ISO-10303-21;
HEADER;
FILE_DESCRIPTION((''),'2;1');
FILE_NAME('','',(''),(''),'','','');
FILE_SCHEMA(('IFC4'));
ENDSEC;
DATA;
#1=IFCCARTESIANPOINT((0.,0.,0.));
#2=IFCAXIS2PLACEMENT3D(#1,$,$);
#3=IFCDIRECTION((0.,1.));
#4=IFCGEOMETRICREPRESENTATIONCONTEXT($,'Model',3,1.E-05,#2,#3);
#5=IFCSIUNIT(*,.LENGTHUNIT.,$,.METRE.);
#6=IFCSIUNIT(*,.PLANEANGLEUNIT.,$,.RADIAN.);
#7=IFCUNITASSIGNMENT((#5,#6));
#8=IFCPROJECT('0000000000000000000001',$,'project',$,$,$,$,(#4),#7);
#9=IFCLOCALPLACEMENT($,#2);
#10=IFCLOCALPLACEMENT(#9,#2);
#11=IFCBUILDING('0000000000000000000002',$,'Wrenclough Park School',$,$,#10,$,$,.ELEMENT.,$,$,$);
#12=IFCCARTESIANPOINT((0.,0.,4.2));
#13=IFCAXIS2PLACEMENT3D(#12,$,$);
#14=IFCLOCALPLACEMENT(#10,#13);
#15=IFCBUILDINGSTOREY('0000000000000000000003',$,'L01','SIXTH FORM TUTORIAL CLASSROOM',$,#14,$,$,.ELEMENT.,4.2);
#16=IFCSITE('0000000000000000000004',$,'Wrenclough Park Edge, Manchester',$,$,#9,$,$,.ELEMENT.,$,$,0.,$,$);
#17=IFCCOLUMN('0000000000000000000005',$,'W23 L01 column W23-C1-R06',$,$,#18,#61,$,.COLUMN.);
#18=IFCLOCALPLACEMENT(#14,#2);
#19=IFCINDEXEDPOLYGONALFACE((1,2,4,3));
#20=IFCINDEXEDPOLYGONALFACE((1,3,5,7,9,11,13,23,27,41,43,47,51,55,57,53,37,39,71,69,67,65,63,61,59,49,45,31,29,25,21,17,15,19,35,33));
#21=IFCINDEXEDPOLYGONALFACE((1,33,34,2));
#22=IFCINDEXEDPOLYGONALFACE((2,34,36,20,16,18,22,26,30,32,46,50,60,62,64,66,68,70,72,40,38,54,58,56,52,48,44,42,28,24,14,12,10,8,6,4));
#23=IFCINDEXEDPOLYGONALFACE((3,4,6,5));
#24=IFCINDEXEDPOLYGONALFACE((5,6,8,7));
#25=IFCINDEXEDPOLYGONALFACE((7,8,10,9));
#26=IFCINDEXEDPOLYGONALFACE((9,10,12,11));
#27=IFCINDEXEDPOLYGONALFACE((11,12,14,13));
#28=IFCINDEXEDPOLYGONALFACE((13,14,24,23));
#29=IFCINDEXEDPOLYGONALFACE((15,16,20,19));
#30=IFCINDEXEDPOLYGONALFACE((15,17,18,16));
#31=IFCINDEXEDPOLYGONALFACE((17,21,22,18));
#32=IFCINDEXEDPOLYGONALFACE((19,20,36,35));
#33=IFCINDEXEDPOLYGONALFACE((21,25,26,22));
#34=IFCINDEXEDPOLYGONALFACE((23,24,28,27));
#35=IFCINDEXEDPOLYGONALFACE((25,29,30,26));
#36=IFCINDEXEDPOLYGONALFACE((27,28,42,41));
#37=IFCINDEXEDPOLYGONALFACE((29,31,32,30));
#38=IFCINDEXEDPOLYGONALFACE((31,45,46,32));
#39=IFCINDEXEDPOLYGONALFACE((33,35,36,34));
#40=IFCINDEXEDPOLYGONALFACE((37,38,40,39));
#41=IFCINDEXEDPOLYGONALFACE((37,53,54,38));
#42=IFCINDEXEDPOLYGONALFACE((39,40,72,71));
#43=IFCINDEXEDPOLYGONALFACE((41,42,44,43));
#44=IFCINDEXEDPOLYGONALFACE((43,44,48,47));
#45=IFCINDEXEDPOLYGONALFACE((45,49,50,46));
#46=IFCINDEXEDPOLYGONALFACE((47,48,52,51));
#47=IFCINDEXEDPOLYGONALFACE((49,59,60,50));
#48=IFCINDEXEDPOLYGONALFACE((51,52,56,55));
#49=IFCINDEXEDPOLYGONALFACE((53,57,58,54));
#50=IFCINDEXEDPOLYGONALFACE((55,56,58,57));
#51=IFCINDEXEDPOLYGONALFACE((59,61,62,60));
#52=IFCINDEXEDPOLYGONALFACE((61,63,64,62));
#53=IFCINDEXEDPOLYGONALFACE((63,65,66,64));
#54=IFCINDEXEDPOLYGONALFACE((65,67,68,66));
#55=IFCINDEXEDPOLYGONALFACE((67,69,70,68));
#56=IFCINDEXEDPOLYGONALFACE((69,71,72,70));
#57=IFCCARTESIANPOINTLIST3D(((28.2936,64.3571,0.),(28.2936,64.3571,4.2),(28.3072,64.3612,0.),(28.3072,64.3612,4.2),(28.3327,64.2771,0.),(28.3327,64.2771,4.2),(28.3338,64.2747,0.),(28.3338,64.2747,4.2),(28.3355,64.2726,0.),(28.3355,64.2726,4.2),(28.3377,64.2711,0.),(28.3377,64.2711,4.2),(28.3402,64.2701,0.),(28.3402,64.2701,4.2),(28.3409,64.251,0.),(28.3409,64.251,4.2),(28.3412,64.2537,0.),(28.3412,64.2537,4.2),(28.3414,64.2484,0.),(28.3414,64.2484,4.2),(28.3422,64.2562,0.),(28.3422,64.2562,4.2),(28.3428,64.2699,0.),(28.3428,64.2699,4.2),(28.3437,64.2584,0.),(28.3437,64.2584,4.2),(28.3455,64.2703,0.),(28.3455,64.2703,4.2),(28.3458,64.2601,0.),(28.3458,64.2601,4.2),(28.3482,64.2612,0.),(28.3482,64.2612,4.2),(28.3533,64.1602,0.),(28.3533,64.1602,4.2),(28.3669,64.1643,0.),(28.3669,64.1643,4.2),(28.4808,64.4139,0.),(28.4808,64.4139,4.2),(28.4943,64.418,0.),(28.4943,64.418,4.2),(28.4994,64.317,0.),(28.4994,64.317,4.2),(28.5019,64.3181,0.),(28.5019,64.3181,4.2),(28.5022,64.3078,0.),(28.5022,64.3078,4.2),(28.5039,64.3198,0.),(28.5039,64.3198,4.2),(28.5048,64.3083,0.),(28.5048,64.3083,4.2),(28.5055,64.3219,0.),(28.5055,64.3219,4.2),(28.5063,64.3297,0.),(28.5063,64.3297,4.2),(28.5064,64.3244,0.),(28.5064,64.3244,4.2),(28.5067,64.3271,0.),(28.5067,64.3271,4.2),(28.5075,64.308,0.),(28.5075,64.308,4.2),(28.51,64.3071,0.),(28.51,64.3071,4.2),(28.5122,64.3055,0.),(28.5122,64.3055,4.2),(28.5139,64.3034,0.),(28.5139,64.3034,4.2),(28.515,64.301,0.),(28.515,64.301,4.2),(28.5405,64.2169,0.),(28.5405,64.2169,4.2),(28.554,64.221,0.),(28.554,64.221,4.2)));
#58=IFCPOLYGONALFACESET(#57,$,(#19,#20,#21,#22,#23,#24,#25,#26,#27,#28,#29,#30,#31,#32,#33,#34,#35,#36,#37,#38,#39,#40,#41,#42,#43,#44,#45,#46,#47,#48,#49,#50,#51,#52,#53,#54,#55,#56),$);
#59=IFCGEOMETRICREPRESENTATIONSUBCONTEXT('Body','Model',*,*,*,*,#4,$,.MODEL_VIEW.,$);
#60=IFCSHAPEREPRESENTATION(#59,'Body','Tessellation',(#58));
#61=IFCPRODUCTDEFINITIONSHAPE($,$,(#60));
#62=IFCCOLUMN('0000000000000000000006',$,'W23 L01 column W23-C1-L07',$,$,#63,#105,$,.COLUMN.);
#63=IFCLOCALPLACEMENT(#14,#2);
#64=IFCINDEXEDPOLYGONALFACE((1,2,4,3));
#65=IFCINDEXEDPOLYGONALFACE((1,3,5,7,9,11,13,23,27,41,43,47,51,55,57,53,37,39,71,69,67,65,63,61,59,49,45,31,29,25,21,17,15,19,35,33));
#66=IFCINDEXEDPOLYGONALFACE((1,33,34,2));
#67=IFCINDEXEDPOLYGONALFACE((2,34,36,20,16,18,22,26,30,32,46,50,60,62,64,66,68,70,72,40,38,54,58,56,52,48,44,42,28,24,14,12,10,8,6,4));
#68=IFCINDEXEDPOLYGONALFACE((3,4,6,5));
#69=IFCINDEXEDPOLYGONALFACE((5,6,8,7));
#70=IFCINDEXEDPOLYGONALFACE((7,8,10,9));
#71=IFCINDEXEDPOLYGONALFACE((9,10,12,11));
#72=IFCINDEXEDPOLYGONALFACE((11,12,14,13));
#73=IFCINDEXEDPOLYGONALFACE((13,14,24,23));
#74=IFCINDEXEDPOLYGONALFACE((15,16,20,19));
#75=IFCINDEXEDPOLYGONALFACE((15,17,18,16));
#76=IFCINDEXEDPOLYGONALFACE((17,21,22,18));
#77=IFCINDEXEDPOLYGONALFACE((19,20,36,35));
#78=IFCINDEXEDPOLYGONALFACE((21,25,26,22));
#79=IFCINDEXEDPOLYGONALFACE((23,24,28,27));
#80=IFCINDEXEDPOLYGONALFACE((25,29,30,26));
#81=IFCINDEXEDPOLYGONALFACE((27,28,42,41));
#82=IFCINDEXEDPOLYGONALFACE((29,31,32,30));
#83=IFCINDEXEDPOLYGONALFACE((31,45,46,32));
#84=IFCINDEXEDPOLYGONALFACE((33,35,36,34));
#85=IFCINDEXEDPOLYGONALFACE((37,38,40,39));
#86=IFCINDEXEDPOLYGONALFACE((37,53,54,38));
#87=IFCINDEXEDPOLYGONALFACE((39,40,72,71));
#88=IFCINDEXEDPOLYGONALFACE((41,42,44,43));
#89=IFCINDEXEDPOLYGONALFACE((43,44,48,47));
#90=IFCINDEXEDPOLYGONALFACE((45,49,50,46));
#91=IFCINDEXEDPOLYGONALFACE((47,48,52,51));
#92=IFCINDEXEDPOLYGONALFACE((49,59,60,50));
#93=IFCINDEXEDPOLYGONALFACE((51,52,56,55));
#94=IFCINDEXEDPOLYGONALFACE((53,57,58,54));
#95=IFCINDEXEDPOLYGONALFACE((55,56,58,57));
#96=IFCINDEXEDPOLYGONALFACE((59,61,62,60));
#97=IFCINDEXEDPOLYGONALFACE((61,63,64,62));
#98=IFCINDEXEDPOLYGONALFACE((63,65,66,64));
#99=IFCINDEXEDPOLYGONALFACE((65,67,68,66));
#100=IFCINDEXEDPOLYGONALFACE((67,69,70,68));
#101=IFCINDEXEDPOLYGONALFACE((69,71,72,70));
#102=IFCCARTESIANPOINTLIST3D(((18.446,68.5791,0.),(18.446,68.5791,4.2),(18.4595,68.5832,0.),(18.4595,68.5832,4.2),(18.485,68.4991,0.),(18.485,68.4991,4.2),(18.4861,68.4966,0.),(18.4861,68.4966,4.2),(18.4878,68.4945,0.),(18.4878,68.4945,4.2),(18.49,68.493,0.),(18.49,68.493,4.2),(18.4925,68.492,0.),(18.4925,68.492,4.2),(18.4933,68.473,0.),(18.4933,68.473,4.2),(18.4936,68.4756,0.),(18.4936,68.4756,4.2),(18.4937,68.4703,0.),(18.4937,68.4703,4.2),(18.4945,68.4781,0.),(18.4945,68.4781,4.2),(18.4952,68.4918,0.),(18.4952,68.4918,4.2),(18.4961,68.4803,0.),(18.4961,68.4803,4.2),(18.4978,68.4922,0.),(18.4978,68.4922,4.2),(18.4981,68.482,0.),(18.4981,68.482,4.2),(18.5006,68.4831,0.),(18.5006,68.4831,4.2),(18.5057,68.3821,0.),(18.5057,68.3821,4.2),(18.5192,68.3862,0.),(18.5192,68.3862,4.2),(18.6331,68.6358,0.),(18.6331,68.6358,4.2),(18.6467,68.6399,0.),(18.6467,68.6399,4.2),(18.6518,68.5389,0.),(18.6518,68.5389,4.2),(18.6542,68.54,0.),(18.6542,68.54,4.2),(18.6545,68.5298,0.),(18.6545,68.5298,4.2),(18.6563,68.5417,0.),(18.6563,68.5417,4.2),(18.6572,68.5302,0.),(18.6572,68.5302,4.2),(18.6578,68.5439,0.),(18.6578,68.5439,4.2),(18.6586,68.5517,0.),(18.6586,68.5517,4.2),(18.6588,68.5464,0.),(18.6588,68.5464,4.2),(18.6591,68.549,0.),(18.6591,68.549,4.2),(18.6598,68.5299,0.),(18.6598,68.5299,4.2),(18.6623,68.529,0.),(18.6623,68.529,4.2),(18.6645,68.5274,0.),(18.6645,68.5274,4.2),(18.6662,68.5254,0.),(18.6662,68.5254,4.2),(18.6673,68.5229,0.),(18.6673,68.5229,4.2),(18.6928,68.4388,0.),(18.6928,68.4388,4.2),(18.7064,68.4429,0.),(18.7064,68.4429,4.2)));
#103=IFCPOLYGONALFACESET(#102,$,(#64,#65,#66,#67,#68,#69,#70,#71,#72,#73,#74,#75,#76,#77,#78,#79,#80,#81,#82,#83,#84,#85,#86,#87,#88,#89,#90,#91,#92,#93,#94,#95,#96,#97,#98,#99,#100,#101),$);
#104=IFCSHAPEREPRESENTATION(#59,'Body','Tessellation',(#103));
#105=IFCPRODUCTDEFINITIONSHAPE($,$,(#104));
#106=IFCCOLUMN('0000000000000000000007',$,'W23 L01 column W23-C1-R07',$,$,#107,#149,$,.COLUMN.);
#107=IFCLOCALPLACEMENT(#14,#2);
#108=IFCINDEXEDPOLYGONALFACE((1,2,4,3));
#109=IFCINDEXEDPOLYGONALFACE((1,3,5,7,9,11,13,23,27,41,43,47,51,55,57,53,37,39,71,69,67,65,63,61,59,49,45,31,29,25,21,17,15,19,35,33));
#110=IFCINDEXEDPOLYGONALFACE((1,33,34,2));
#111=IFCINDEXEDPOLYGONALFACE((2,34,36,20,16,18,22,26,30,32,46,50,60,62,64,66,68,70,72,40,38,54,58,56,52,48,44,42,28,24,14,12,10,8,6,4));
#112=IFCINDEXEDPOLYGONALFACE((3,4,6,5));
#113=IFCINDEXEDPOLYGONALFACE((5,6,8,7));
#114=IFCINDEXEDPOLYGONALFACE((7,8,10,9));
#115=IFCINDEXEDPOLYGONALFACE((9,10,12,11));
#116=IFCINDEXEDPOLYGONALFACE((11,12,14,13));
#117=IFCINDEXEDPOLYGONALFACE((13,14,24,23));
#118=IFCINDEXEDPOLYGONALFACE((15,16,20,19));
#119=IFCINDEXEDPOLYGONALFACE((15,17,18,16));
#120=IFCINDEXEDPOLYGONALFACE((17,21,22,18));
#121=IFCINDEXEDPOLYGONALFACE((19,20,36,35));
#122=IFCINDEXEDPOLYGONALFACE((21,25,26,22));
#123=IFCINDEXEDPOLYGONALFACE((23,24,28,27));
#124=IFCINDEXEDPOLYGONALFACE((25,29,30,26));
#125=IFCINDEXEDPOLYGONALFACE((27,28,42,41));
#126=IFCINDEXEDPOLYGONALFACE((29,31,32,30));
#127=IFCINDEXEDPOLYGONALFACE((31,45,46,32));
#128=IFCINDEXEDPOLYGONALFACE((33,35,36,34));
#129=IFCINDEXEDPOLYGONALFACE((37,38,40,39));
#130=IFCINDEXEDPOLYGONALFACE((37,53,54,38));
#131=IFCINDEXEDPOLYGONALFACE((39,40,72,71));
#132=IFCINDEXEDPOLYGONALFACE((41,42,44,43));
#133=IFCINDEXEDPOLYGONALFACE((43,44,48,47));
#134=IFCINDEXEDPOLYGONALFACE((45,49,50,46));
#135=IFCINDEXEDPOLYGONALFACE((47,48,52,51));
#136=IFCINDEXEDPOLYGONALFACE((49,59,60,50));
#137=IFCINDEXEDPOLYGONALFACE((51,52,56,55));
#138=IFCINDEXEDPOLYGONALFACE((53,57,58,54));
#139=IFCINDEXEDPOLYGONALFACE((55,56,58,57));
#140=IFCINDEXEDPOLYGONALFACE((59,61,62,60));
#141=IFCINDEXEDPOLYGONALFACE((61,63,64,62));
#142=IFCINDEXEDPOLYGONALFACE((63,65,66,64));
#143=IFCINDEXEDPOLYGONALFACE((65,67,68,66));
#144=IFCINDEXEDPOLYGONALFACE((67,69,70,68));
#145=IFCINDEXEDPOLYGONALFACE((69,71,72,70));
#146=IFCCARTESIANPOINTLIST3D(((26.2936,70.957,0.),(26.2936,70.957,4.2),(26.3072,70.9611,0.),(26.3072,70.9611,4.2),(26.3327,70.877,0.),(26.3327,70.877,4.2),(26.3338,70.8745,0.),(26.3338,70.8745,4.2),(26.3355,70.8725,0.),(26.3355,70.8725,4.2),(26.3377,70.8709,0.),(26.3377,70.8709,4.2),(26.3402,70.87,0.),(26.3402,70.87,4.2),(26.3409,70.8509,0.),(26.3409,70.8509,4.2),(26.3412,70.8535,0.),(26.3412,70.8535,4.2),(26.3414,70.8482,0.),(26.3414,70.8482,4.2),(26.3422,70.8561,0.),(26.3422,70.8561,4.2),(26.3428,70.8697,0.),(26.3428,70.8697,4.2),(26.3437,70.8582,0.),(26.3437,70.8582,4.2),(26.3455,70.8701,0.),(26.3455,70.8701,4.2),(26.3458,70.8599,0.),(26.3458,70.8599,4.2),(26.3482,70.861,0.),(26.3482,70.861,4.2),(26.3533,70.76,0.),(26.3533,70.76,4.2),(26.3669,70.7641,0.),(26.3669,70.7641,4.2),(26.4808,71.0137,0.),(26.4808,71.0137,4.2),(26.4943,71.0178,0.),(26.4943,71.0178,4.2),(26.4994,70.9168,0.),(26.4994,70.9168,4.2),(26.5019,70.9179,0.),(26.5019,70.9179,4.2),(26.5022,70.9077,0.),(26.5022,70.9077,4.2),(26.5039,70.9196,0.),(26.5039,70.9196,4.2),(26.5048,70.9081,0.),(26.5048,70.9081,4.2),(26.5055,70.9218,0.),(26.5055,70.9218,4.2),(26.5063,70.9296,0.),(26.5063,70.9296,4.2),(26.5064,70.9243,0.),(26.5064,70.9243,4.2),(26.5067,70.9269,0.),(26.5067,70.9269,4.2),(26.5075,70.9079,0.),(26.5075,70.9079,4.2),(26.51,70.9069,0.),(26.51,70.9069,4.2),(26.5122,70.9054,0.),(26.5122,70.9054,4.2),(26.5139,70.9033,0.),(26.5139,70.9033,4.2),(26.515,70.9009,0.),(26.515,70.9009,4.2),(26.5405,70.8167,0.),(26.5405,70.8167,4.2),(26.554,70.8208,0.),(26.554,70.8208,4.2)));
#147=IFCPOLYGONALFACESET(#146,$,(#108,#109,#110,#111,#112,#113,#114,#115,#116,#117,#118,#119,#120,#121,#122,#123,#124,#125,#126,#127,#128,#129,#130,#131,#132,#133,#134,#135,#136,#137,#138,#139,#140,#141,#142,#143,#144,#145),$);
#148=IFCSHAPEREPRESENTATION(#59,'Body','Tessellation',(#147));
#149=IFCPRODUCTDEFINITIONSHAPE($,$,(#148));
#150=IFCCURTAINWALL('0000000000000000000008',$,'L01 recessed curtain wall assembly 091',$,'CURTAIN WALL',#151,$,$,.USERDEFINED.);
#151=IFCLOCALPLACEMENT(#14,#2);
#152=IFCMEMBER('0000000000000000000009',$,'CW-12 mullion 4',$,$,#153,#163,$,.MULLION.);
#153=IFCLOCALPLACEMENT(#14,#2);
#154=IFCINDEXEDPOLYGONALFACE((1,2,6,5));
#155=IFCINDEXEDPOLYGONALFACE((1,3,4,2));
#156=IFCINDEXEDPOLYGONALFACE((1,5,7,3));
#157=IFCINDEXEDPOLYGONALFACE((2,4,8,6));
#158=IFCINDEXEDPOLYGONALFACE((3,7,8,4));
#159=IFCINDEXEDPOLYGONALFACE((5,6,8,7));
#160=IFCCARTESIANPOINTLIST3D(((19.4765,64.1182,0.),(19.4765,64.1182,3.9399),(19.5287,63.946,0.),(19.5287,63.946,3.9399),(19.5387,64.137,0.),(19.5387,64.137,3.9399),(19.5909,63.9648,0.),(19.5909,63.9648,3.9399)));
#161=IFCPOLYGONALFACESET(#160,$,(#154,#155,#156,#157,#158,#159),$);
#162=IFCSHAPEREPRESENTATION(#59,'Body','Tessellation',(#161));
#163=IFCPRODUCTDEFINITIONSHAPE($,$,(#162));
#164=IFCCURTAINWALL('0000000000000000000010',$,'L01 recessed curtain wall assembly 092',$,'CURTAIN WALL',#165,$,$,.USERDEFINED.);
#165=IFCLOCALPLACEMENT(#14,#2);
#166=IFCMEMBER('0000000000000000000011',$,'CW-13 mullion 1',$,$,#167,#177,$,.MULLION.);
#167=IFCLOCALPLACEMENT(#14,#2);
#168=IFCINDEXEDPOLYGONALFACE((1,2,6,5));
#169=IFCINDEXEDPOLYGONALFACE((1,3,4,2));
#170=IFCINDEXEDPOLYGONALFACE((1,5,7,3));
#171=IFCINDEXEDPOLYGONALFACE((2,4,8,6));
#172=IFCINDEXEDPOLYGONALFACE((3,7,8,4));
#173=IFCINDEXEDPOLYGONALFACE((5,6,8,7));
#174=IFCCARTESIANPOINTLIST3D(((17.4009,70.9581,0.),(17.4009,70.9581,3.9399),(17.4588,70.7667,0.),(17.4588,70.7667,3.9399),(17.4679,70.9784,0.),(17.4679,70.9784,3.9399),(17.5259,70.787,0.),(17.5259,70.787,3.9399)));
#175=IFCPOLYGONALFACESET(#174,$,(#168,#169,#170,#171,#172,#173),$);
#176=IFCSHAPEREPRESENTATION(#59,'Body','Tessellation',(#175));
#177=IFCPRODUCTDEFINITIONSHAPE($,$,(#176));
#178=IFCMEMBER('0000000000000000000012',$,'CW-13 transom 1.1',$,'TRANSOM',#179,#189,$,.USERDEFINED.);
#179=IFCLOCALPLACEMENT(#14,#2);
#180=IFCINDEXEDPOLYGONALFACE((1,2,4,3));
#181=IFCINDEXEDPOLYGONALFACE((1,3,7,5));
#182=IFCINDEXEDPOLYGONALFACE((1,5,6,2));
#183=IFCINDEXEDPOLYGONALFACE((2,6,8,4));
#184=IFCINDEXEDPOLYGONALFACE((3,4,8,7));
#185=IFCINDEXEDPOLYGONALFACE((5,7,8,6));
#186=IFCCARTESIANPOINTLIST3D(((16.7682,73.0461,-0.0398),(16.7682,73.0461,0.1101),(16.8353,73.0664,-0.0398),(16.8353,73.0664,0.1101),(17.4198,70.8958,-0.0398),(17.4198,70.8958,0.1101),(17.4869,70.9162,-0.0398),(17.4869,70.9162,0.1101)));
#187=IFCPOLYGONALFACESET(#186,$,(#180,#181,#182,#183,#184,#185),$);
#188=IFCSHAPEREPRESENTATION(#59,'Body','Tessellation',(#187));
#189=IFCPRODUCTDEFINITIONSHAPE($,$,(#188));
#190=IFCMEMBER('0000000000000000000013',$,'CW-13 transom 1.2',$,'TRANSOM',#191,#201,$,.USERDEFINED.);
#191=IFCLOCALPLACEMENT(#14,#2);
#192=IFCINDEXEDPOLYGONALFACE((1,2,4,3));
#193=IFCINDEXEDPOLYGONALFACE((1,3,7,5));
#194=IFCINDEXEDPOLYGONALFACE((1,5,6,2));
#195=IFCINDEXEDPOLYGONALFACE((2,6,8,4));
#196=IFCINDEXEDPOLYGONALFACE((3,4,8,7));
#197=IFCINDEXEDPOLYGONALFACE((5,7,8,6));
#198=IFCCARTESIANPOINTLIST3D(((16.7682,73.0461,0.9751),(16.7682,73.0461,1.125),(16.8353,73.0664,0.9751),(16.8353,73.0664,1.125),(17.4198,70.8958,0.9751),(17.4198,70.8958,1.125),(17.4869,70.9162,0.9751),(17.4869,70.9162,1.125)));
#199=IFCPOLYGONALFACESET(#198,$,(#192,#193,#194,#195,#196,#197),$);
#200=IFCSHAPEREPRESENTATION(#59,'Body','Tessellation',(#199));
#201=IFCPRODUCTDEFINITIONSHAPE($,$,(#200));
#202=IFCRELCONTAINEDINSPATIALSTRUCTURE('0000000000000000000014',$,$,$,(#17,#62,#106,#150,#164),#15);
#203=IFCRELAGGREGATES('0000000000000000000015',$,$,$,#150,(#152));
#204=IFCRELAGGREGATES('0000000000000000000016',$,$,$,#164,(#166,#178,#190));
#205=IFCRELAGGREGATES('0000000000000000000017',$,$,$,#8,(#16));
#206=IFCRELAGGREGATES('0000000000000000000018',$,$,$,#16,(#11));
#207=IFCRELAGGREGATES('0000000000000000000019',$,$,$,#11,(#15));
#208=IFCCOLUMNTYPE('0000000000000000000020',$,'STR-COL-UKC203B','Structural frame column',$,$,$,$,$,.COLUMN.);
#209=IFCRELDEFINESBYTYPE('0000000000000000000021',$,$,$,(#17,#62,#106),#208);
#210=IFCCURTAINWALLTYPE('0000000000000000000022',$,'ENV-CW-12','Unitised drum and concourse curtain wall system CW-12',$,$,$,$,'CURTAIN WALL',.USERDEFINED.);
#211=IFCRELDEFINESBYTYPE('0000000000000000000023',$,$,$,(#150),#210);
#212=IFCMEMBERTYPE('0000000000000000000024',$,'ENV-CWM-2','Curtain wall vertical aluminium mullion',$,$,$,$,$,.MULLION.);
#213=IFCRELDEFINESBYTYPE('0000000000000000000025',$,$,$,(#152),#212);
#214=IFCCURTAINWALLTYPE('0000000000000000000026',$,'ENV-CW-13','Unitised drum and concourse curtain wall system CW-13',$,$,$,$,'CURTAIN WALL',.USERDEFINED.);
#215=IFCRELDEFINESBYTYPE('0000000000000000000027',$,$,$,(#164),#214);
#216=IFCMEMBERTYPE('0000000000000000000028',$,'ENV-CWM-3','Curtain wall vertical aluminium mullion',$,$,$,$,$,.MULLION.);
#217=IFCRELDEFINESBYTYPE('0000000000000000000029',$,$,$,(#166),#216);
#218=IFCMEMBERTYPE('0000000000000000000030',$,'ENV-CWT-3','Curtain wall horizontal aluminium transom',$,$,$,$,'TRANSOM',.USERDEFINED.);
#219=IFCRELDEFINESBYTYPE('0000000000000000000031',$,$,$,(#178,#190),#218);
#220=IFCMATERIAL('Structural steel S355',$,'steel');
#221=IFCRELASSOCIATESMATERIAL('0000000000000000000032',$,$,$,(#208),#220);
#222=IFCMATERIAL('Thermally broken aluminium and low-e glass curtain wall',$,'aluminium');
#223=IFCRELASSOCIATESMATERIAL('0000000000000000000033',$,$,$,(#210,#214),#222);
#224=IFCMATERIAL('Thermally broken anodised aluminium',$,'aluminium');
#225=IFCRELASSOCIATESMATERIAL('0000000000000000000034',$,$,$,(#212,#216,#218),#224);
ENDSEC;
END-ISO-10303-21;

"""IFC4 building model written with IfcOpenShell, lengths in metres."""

from ifc_helpers import new_model, si_unit, direction, frame, origin, origin_2d, place, context, subcontext, project, spatial, rectangle, i_section, extrude, material, material_profile, profile_set, type_object, element, aggregate, save


model = new_model("IFC4")

# Units and contexts
model_context = context("Model", 3, precision=1e-05, world=origin(), true_north=direction((0.0, 1.0)))
body_context = subcontext(model_context, "Body", "Model", "MODEL_VIEW")
ifc_project = project(units=[si_unit("LENGTHUNIT", "METRE"), si_unit("PLANEANGLEUNIT", "RADIAN")], contexts=[model_context])

# Site, building, storey
site_placement = place(None, origin())
site = spatial("IfcSite", under=ifc_project, at=site_placement, Name="Wrenclough Park Edge, Manchester", CompositionType="ELEMENT", RefElevation=0.0)
building_placement = place(site_placement, origin())
building = spatial("IfcBuilding", under=site, at=building_placement, Name="Wrenclough Park School", CompositionType="ELEMENT")
storey_placement = place(building_placement, frame((0.0, 0.0, 4.2)))
storey = spatial("IfcBuildingStorey", under=building, at=storey_placement, Name="L01", Description="SIXTH FORM TUTORIAL CLASSROOM", CompositionType="ELEMENT", Elevation=4.2)

# Columns
ifc_material_1 = material(Name="Structural steel S355", Category="steel")
ifc_material_profile_1 = material_profile(ifc_material_1, i_section(OverallWidth=0.2058, OverallDepth=0.2097, WebThickness=0.0095, FlangeThickness=0.0142, FilletRadius=0.0103, at=origin_2d()), Name="UKC 203x203x60")
ifc_profile_set_1 = profile_set([ifc_material_profile_1], Name="Structural steel S355")
column_type = type_object("IfcColumnType", Name="STR-COL-UKC203B", Description="Structural frame column", PredefinedType="COLUMN", material=ifc_profile_set_1)
for number, where, z_axis, x_axis, name in (
    (1, (28.4238, 64.2891, 0.0), (0.0, 0.0, 1.0), (-0.290034, 0.957016, 0.0), "W23 L01 column W23-C1-R06"),
    (2, (18.5762, 68.511, 0.0), (0.0, 0.0, 1.0), (-0.290034, 0.957016, 0.0), "W23 L01 column W23-C1-L07"),
    (3, (26.4238, 70.8889, 0.0), (0.0, 0.0, 1.0), (-0.290034, 0.957016, 0.0), "W23 L01 column W23-C1-R07"),
):
    element("IfcColumn", number, at=place(storey_placement, frame(where, z_axis=z_axis, x_axis=x_axis)), inside=storey, type_object=column_type, Name=name, PredefinedType="COLUMN", context=body_context, shape_type="SweptSolid", body=[
        extrude(i_section(OverallWidth=0.2058, OverallDepth=0.2097, WebThickness=0.0095, FlangeThickness=0.0142, FilletRadius=0.0103, at=origin_2d()), origin(), (0.0, 0.0, 1.0), 4.2),
    ])

# Curtain wall, member
ifc_material_2 = material(Name="Thermally broken aluminium and low-e glass curtain wall", Category="aluminium")
curtain_wall_type_1 = type_object("IfcCurtainWallType", Name="ENV-CW-12", Description="Unitised drum and concourse curtain wall system CW-12", ElementType="CURTAIN WALL", PredefinedType="USERDEFINED", material=ifc_material_2)
curtain_wall_1_placement = place(storey_placement, origin())
curtain_wall_1 = element("IfcCurtainWall", 4, at=curtain_wall_1_placement, inside=storey, type_object=curtain_wall_type_1, Name="L01 recessed curtain wall assembly 091", ObjectType="CURTAIN WALL", PredefinedType="USERDEFINED")
ifc_material_3 = material(Name="Thermally broken anodised aluminium", Category="aluminium")
ifc_material_profile_2 = material_profile(ifc_material_3, rectangle(XDim=0.0649, YDim=0.1799, at=origin_2d()), Name="AL MULLION 65x180")
ifc_profile_set_2 = profile_set([ifc_material_profile_2], Name="Thermally broken anodised aluminium")
member_type_1 = type_object("IfcMemberType", Name="ENV-CWM-2", Description="Curtain wall vertical aluminium mullion", PredefinedType="MULLION", material=ifc_profile_set_2)
member_1_placement = place(storey_placement, frame((19.5337, 64.0415, 0.0), z_axis=(0.0, 0.0, 1.0), x_axis=(-0.95703, -0.289988, 0.0)))
member_1 = element("IfcMember", 5, at=member_1_placement, type_object=member_type_1, Name="CW-12 mullion 4", PredefinedType="MULLION", context=body_context, shape_type="SweptSolid", body=[
    extrude(rectangle(XDim=0.0649, YDim=0.1799, at=origin_2d()), origin(), (0.0, 0.0, 1.0), 3.9399),
])
aggregate(curtain_wall_1, [member_1])

# Curtain wall, members
curtain_wall_type_2 = type_object("IfcCurtainWallType", Name="ENV-CW-13", Description="Unitised drum and concourse curtain wall system CW-13", ElementType="CURTAIN WALL", PredefinedType="USERDEFINED", material=ifc_material_2)
curtain_wall_2_placement = place(storey_placement, origin())
curtain_wall_2 = element("IfcCurtainWall", 6, at=curtain_wall_2_placement, inside=storey, type_object=curtain_wall_type_2, Name="L01 recessed curtain wall assembly 092", ObjectType="CURTAIN WALL", PredefinedType="USERDEFINED")
ifc_material_profile_3 = material_profile(ifc_material_3, rectangle(XDim=0.0701, YDim=0.2, at=origin_2d()), Name="AL MULLION 70x200")
ifc_profile_set_3 = profile_set([ifc_material_profile_3], Name="Thermally broken anodised aluminium")
member_type_2 = type_object("IfcMemberType", Name="ENV-CWM-3", Description="Curtain wall vertical aluminium mullion", PredefinedType="MULLION", material=ifc_profile_set_3)
member_2_placement = place(storey_placement, frame((17.4634, 70.8726, 0.0), z_axis=(0.0, 0.0, 1.0), x_axis=(-0.95703, -0.289988, 0.0)))
member_2 = element("IfcMember", 7, at=member_2_placement, type_object=member_type_2, Name="CW-13 mullion 1", PredefinedType="MULLION", context=body_context, shape_type="SweptSolid", body=[
    extrude(rectangle(XDim=0.0701, YDim=0.2, at=origin_2d()), origin(), (0.0, 0.0, 1.0), 3.9399),
])
ifc_material_profile_4 = material_profile(ifc_material_3, rectangle(XDim=0.0701, YDim=0.1499, at=origin_2d()), Name="AL TRANSOM 70x150")
ifc_profile_set_4 = profile_set([ifc_material_profile_4], Name="Thermally broken anodised aluminium")
member_type_3 = type_object("IfcMemberType", Name="ENV-CWT-3", Description="Curtain wall horizontal aluminium transom", ElementType="TRANSOM", PredefinedType="USERDEFINED", material=ifc_profile_set_4)
member_3_placement = place(storey_placement, frame((17.4534, 70.906, 0.0352), z_axis=(-0.290029, 0.957018, 0.0), x_axis=(-0.957018, -0.290029, 0.0)))
member_3 = element("IfcMember", 8, at=member_3_placement, type_object=member_type_3, Name="CW-13 transom 1.1", ObjectType="TRANSOM", PredefinedType="USERDEFINED", context=body_context, shape_type="SweptSolid", body=[
    extrude(rectangle(XDim=0.0701, YDim=0.1499, at=origin_2d()), origin(), (0.0, 0.0, 1.0), 2.2468),
])
member_4_placement = place(storey_placement, frame((17.4534, 70.906, 1.05), z_axis=(-0.290029, 0.957018, 0.0), x_axis=(-0.957018, -0.290029, 0.0)))
member_4 = element("IfcMember", 9, at=member_4_placement, type_object=member_type_3, Name="CW-13 transom 1.2", ObjectType="TRANSOM", PredefinedType="USERDEFINED", context=body_context, shape_type="SweptSolid", body=[
    extrude(rectangle(XDim=0.0701, YDim=0.1499, at=origin_2d()), origin(), (0.0, 0.0, 1.0), 2.2468),
])
aggregate(curtain_wall_2, [member_2, member_3, member_4])

save(model, "model.ifc")
